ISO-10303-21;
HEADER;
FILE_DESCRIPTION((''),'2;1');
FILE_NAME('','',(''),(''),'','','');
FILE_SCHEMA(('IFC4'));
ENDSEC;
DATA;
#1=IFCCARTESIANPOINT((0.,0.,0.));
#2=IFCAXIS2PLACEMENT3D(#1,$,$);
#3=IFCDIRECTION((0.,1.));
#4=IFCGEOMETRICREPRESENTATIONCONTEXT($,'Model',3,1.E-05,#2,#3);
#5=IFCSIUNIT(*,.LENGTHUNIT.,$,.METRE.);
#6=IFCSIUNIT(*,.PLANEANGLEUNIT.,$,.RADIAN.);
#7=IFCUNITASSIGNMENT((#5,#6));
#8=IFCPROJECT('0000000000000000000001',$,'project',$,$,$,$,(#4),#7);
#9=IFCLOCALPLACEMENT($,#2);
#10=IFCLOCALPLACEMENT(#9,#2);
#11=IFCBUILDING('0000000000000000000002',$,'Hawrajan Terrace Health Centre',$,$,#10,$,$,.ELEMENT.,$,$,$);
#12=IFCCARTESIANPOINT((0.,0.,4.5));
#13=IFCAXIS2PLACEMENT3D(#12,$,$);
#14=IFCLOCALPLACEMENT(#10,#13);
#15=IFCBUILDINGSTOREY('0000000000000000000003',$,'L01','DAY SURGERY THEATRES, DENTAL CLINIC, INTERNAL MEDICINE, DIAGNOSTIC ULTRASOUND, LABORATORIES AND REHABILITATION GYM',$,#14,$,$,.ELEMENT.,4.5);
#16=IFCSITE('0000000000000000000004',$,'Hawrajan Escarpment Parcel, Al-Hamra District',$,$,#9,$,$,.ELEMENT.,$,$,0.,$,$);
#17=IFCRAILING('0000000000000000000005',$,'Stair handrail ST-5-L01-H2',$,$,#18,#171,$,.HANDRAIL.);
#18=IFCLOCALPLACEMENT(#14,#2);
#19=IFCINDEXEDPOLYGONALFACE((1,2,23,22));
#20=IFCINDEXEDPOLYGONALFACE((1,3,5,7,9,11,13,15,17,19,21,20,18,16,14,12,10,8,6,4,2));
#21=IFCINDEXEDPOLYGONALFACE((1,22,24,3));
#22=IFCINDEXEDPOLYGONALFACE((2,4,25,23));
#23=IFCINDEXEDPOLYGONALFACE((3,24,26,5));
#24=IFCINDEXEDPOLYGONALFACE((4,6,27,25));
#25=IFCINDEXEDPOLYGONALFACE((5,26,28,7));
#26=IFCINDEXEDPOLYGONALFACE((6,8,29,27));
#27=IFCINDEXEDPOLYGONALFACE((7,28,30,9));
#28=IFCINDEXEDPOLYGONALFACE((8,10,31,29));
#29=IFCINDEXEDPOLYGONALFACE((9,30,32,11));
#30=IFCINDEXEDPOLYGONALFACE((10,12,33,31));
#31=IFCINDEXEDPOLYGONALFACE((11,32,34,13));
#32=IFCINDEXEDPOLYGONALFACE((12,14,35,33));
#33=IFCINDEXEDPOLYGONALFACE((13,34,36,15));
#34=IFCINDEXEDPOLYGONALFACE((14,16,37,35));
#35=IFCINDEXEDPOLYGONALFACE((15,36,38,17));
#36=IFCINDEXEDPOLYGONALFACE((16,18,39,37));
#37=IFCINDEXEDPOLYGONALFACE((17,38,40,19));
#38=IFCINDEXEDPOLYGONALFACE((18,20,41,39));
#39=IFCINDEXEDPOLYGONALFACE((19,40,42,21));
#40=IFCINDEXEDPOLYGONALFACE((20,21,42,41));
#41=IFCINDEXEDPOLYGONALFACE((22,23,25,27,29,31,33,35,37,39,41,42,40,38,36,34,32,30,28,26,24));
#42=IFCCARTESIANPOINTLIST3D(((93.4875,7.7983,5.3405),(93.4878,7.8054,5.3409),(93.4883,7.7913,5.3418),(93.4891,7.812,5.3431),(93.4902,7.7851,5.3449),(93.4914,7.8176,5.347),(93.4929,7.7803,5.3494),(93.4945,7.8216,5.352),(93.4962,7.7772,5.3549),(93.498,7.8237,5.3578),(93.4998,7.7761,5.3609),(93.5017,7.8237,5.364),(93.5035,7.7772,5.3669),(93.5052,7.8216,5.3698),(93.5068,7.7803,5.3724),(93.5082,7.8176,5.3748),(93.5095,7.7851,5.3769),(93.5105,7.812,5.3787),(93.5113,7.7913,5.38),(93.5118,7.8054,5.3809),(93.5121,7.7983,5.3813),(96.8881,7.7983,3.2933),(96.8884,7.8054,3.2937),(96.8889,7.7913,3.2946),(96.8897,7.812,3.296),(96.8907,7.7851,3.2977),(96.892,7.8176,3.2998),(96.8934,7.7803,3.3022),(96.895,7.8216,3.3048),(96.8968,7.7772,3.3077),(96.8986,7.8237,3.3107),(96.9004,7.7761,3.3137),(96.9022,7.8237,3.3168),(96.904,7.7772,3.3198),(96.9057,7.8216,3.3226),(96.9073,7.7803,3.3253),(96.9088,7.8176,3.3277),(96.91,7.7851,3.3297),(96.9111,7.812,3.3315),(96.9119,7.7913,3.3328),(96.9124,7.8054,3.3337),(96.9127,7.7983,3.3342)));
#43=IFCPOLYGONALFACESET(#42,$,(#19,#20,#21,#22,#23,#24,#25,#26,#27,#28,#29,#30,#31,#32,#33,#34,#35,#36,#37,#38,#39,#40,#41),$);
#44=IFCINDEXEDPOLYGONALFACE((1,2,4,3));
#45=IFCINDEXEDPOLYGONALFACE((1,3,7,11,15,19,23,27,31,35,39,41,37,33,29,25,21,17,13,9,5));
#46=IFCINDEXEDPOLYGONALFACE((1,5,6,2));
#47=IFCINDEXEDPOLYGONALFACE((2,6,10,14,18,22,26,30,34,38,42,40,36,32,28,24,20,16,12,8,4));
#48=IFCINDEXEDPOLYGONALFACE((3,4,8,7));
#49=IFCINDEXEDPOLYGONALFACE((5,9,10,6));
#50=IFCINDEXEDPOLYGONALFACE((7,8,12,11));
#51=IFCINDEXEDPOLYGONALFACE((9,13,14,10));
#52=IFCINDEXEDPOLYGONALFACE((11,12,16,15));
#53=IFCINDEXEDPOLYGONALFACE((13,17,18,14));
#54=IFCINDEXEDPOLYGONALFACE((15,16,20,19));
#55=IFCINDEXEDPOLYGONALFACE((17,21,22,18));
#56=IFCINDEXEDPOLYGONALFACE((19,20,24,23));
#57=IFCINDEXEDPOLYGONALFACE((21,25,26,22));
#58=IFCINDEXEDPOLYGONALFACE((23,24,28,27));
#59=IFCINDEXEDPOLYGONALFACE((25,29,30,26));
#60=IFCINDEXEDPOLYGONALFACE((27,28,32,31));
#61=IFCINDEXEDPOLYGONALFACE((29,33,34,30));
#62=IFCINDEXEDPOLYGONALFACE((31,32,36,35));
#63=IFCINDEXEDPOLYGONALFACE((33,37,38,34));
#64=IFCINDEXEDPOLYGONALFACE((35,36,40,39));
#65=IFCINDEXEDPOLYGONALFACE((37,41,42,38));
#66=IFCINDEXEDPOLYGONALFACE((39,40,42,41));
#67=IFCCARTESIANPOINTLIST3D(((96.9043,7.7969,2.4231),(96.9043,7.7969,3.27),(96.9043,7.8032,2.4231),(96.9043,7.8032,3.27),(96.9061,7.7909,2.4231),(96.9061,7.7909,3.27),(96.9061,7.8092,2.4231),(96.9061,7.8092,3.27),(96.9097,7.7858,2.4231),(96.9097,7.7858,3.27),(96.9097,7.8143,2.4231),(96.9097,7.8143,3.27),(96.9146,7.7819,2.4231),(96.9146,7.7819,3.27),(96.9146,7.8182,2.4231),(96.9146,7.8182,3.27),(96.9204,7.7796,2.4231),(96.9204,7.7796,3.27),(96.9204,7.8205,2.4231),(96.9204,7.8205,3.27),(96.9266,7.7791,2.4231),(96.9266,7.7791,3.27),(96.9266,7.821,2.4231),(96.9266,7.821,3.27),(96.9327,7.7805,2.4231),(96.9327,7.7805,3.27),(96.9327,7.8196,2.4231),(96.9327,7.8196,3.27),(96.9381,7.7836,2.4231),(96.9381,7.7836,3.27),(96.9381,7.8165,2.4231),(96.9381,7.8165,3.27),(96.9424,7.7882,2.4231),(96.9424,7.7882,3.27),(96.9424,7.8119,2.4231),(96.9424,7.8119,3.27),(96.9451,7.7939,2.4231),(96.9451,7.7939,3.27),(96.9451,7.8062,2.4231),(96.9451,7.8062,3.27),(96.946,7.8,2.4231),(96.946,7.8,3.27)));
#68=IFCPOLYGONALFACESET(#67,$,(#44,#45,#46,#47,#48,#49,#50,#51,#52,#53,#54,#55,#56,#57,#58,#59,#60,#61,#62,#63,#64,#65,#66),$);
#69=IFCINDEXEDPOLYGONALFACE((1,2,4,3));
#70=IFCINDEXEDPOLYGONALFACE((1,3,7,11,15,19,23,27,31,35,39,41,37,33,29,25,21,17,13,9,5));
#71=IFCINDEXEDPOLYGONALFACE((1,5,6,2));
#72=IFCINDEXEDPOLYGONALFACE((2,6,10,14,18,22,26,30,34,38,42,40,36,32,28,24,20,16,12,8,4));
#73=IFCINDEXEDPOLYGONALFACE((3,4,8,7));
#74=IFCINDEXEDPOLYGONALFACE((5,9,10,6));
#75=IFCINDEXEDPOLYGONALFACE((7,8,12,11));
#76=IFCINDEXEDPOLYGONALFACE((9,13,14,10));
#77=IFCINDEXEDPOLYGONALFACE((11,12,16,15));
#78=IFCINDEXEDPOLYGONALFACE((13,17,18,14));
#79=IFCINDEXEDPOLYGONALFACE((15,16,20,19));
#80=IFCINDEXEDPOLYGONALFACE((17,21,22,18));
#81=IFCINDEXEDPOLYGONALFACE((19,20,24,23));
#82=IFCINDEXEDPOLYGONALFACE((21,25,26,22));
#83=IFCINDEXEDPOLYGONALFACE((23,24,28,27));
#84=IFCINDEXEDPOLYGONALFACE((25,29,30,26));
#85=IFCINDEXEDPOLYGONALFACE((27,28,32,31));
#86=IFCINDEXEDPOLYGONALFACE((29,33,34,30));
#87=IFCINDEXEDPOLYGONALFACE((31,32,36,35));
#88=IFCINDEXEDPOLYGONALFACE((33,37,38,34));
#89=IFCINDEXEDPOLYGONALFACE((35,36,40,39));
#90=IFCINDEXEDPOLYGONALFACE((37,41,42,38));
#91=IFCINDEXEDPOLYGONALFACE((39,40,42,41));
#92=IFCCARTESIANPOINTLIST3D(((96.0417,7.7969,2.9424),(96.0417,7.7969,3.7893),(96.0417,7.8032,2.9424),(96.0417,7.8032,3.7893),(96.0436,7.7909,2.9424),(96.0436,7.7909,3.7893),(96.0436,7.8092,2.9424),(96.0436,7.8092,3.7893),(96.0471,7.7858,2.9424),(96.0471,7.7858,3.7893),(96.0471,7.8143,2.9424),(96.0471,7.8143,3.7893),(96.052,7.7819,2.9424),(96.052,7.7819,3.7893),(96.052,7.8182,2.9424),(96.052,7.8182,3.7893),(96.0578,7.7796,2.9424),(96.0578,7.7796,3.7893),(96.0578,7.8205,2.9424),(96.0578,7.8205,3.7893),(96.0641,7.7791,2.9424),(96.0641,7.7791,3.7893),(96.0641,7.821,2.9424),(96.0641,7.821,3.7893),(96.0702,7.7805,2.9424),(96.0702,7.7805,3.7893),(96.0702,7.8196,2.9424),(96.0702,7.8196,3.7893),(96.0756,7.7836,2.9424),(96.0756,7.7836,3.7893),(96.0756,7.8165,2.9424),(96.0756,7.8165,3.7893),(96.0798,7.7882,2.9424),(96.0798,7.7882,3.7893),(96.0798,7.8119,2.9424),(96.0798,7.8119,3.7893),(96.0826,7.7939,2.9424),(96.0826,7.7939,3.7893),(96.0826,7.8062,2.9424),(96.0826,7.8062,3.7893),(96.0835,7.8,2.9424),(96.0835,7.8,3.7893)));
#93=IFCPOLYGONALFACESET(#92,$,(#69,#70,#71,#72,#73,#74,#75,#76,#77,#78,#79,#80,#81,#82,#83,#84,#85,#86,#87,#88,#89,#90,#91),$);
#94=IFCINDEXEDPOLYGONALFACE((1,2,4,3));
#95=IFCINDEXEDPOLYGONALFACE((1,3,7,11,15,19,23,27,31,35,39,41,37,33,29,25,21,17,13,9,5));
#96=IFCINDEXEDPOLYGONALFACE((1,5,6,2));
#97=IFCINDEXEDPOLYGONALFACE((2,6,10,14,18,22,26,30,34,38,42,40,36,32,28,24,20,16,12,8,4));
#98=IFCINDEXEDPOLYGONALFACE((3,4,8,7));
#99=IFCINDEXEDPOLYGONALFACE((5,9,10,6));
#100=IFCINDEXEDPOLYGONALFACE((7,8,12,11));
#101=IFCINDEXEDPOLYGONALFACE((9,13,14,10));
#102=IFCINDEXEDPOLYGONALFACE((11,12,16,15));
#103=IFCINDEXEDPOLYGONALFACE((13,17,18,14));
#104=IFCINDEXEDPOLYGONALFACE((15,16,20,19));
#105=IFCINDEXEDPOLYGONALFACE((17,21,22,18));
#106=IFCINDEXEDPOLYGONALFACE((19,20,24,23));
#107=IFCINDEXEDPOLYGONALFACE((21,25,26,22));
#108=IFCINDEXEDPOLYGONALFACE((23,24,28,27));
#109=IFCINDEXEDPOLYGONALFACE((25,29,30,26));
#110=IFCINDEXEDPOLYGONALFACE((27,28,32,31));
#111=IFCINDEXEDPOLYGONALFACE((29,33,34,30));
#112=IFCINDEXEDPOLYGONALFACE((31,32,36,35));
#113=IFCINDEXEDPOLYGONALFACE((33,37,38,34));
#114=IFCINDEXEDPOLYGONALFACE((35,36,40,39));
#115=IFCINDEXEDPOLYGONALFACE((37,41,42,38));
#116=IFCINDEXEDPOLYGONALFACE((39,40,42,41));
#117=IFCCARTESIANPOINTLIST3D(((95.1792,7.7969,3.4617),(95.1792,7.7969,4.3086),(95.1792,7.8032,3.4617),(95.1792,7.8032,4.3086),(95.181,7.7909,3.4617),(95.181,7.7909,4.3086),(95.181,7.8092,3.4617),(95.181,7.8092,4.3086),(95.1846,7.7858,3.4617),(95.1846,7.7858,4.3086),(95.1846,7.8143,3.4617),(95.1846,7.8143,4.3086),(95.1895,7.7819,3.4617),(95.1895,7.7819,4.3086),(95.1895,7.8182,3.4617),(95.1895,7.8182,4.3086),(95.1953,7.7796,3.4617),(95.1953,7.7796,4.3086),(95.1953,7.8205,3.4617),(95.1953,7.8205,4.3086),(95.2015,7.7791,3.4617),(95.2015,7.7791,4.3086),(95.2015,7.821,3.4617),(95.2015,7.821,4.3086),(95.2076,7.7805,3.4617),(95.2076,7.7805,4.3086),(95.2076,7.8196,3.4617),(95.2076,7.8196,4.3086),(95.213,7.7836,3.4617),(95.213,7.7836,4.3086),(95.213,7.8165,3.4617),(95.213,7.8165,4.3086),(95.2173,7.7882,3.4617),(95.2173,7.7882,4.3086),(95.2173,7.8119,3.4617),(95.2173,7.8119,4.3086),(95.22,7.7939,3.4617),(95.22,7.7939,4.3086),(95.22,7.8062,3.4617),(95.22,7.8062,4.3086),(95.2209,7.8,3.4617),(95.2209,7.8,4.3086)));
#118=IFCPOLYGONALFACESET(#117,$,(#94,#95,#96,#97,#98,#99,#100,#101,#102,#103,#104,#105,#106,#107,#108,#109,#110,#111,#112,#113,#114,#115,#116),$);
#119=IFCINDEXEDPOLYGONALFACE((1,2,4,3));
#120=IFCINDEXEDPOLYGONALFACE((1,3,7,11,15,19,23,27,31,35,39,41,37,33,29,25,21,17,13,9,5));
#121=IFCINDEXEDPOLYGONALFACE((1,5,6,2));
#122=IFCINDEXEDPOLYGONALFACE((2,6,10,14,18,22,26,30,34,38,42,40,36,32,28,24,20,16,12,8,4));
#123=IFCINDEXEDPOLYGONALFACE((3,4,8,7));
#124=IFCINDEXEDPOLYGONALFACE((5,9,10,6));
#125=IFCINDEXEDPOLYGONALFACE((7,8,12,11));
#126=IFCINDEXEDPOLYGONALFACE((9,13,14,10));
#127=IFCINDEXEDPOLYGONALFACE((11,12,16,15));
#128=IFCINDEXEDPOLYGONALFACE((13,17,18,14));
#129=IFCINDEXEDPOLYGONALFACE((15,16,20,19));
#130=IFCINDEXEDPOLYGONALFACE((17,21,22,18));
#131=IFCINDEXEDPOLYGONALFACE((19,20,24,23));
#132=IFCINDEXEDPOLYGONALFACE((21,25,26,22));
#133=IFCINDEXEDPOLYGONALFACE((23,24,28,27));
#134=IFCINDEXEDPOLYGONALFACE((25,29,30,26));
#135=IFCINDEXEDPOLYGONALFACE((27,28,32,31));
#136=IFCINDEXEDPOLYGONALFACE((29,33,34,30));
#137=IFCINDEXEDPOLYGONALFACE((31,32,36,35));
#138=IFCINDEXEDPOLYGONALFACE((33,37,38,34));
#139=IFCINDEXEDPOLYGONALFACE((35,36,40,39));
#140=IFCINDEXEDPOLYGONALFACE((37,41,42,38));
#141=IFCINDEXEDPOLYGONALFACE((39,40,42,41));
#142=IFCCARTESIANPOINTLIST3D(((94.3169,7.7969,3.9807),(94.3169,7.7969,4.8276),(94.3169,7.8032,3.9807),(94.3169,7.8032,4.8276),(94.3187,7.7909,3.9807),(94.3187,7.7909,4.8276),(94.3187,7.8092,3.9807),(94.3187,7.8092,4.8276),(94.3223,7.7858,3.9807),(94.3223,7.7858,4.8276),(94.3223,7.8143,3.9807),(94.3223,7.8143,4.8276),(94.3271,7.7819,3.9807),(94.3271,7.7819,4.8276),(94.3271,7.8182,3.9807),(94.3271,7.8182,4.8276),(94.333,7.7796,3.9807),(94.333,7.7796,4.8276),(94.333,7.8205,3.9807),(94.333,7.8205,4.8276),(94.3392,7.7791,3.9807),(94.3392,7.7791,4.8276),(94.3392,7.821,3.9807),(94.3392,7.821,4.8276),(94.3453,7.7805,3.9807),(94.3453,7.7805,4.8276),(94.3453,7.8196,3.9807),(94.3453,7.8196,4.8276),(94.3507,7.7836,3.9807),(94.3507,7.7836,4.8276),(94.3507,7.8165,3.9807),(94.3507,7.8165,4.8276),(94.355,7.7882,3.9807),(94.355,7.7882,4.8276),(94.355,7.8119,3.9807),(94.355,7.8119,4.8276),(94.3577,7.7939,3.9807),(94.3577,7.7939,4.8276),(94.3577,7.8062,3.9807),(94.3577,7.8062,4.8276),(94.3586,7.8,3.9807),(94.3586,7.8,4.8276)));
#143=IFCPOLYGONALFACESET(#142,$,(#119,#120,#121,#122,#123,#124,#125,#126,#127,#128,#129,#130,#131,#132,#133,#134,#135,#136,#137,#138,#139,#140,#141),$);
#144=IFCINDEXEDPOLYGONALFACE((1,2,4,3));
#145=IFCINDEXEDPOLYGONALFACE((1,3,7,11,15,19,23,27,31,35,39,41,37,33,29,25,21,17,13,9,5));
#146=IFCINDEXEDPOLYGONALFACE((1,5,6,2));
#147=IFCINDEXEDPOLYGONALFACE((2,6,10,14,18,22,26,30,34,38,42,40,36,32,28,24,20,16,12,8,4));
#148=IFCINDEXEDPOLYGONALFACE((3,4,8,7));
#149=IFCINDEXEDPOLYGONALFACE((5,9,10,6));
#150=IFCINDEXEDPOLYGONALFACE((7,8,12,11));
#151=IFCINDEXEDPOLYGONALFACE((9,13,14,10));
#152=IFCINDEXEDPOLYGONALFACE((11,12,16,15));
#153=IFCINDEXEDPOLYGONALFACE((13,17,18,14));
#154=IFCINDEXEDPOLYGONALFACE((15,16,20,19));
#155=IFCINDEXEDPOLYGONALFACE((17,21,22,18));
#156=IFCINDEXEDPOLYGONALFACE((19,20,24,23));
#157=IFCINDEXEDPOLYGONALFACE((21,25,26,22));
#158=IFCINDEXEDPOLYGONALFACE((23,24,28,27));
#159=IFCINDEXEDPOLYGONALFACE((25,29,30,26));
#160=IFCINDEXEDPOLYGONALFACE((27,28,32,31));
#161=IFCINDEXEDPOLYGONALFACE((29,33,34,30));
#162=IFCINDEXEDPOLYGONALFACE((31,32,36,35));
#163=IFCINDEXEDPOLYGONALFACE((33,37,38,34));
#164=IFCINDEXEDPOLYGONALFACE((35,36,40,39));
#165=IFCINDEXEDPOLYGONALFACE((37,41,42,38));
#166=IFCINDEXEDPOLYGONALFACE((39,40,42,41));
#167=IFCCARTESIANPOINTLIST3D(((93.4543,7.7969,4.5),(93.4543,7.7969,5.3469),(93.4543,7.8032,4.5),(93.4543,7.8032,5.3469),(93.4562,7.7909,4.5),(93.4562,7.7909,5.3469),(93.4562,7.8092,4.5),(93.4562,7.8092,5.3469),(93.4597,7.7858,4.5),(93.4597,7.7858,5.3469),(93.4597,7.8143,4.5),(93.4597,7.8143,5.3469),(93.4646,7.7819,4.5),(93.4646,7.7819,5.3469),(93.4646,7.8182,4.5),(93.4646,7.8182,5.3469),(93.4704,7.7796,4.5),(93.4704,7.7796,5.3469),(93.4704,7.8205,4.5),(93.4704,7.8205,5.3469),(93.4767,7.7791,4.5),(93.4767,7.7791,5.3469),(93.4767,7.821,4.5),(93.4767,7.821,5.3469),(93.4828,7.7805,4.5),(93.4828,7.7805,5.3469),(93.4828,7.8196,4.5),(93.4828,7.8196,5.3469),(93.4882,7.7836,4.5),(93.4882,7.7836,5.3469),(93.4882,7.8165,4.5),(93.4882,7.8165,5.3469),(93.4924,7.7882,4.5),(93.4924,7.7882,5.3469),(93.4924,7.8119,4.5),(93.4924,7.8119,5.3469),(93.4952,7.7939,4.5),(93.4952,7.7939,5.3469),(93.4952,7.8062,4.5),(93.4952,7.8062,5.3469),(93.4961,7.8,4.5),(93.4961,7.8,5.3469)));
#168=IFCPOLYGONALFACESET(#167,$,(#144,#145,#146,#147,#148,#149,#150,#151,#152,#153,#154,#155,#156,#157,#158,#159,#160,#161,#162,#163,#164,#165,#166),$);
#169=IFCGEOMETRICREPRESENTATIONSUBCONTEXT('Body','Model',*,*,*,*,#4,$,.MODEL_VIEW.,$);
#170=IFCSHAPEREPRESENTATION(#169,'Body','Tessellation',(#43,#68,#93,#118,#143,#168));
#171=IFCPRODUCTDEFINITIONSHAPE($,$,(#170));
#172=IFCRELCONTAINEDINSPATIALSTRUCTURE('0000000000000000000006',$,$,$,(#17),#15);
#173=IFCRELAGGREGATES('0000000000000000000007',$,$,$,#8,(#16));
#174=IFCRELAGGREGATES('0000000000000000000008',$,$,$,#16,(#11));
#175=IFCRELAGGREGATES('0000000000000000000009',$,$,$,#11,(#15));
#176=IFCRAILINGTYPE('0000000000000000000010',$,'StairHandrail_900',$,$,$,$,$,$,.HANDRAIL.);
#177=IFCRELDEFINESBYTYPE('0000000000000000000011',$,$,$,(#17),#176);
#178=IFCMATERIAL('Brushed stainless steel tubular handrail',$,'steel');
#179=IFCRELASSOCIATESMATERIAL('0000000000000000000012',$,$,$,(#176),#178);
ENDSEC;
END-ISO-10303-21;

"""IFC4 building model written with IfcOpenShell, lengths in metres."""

from ifc_helpers import new_model, si_unit, direction, frame, origin, origin_2d, place, context, subcontext, project, spatial, circle, extrude, material, type_object, element, save


model = new_model("IFC4")

# Units and contexts
model_context = context("Model", 3, precision=1e-05, world=origin(), true_north=direction((0.0, 1.0)))
body_context = subcontext(model_context, "Body", "Model", "MODEL_VIEW")
ifc_project = project(units=[si_unit("LENGTHUNIT", "METRE"), si_unit("PLANEANGLEUNIT", "RADIAN")], contexts=[model_context])

# Site, building, storey
site_placement = place(None, origin())
site = spatial("IfcSite", under=ifc_project, at=site_placement, Name="Hawrajan Escarpment Parcel, Al-Hamra District", CompositionType="ELEMENT", RefElevation=0.0)
building_placement = place(site_placement, origin())
building = spatial("IfcBuilding", under=site, at=building_placement, Name="Hawrajan Terrace Health Centre", CompositionType="ELEMENT")
storey_placement = place(building_placement, frame((0.0, 0.0, 4.5)))
storey = spatial("IfcBuildingStorey", under=building, at=storey_placement, Name="L01", Description="DAY SURGERY THEATRES, DENTAL CLINIC, INTERNAL MEDICINE, DIAGNOSTIC ULTRASOUND, LABORATORIES AND REHABILITATION GYM", CompositionType="ELEMENT", Elevation=4.5)

# Railing
ifc_material_1 = material(Name="Brushed stainless steel tubular handrail", Category="steel")
railing_type_1 = type_object("IfcRailingType", Name="StairHandrail_900", PredefinedType="HANDRAIL", material=ifc_material_1)
railing_1_placement = place(storey_placement, frame((96.925, 7.8, 2.4231)))
element("IfcRailing", 1, at=railing_1_placement, inside=storey, type_object=railing_type_1, Name="Stair handrail ST-5-L01-H2", PredefinedType="HANDRAIL", context=body_context, shape_type="SweptSolid", body=[
    extrude(circle(Radius=0.0239, at=origin_2d()), frame((-0.0247, 0.0, 0.8906), z_axis=(-0.856732, 0.0, 0.515761), x_axis=(0.0, -1.0, 0.0)), (0.0, 0.0, 1.0), 3.9692),
    extrude(circle(Radius=0.021, at=origin_2d()), origin(), (0.0, 0.0, 1.0), 0.8469),
    extrude(circle(Radius=0.021, at=origin_2d()), frame((-0.8625, 0.0, 0.5193)), (0.0, 0.0, 1.0), 0.8469),
    extrude(circle(Radius=0.021, at=origin_2d()), frame((-1.7251, 0.0, 1.0386)), (0.0, 0.0, 1.0), 0.8469),
    extrude(circle(Radius=0.021, at=origin_2d()), frame((-2.5874, 0.0, 1.5576)), (0.0, 0.0, 1.0), 0.8469),
    extrude(circle(Radius=0.021, at=origin_2d()), frame((-3.45, 0.0, 2.0769)), (0.0, 0.0, 1.0), 0.8469),
])

save(model, "model.ifc")
